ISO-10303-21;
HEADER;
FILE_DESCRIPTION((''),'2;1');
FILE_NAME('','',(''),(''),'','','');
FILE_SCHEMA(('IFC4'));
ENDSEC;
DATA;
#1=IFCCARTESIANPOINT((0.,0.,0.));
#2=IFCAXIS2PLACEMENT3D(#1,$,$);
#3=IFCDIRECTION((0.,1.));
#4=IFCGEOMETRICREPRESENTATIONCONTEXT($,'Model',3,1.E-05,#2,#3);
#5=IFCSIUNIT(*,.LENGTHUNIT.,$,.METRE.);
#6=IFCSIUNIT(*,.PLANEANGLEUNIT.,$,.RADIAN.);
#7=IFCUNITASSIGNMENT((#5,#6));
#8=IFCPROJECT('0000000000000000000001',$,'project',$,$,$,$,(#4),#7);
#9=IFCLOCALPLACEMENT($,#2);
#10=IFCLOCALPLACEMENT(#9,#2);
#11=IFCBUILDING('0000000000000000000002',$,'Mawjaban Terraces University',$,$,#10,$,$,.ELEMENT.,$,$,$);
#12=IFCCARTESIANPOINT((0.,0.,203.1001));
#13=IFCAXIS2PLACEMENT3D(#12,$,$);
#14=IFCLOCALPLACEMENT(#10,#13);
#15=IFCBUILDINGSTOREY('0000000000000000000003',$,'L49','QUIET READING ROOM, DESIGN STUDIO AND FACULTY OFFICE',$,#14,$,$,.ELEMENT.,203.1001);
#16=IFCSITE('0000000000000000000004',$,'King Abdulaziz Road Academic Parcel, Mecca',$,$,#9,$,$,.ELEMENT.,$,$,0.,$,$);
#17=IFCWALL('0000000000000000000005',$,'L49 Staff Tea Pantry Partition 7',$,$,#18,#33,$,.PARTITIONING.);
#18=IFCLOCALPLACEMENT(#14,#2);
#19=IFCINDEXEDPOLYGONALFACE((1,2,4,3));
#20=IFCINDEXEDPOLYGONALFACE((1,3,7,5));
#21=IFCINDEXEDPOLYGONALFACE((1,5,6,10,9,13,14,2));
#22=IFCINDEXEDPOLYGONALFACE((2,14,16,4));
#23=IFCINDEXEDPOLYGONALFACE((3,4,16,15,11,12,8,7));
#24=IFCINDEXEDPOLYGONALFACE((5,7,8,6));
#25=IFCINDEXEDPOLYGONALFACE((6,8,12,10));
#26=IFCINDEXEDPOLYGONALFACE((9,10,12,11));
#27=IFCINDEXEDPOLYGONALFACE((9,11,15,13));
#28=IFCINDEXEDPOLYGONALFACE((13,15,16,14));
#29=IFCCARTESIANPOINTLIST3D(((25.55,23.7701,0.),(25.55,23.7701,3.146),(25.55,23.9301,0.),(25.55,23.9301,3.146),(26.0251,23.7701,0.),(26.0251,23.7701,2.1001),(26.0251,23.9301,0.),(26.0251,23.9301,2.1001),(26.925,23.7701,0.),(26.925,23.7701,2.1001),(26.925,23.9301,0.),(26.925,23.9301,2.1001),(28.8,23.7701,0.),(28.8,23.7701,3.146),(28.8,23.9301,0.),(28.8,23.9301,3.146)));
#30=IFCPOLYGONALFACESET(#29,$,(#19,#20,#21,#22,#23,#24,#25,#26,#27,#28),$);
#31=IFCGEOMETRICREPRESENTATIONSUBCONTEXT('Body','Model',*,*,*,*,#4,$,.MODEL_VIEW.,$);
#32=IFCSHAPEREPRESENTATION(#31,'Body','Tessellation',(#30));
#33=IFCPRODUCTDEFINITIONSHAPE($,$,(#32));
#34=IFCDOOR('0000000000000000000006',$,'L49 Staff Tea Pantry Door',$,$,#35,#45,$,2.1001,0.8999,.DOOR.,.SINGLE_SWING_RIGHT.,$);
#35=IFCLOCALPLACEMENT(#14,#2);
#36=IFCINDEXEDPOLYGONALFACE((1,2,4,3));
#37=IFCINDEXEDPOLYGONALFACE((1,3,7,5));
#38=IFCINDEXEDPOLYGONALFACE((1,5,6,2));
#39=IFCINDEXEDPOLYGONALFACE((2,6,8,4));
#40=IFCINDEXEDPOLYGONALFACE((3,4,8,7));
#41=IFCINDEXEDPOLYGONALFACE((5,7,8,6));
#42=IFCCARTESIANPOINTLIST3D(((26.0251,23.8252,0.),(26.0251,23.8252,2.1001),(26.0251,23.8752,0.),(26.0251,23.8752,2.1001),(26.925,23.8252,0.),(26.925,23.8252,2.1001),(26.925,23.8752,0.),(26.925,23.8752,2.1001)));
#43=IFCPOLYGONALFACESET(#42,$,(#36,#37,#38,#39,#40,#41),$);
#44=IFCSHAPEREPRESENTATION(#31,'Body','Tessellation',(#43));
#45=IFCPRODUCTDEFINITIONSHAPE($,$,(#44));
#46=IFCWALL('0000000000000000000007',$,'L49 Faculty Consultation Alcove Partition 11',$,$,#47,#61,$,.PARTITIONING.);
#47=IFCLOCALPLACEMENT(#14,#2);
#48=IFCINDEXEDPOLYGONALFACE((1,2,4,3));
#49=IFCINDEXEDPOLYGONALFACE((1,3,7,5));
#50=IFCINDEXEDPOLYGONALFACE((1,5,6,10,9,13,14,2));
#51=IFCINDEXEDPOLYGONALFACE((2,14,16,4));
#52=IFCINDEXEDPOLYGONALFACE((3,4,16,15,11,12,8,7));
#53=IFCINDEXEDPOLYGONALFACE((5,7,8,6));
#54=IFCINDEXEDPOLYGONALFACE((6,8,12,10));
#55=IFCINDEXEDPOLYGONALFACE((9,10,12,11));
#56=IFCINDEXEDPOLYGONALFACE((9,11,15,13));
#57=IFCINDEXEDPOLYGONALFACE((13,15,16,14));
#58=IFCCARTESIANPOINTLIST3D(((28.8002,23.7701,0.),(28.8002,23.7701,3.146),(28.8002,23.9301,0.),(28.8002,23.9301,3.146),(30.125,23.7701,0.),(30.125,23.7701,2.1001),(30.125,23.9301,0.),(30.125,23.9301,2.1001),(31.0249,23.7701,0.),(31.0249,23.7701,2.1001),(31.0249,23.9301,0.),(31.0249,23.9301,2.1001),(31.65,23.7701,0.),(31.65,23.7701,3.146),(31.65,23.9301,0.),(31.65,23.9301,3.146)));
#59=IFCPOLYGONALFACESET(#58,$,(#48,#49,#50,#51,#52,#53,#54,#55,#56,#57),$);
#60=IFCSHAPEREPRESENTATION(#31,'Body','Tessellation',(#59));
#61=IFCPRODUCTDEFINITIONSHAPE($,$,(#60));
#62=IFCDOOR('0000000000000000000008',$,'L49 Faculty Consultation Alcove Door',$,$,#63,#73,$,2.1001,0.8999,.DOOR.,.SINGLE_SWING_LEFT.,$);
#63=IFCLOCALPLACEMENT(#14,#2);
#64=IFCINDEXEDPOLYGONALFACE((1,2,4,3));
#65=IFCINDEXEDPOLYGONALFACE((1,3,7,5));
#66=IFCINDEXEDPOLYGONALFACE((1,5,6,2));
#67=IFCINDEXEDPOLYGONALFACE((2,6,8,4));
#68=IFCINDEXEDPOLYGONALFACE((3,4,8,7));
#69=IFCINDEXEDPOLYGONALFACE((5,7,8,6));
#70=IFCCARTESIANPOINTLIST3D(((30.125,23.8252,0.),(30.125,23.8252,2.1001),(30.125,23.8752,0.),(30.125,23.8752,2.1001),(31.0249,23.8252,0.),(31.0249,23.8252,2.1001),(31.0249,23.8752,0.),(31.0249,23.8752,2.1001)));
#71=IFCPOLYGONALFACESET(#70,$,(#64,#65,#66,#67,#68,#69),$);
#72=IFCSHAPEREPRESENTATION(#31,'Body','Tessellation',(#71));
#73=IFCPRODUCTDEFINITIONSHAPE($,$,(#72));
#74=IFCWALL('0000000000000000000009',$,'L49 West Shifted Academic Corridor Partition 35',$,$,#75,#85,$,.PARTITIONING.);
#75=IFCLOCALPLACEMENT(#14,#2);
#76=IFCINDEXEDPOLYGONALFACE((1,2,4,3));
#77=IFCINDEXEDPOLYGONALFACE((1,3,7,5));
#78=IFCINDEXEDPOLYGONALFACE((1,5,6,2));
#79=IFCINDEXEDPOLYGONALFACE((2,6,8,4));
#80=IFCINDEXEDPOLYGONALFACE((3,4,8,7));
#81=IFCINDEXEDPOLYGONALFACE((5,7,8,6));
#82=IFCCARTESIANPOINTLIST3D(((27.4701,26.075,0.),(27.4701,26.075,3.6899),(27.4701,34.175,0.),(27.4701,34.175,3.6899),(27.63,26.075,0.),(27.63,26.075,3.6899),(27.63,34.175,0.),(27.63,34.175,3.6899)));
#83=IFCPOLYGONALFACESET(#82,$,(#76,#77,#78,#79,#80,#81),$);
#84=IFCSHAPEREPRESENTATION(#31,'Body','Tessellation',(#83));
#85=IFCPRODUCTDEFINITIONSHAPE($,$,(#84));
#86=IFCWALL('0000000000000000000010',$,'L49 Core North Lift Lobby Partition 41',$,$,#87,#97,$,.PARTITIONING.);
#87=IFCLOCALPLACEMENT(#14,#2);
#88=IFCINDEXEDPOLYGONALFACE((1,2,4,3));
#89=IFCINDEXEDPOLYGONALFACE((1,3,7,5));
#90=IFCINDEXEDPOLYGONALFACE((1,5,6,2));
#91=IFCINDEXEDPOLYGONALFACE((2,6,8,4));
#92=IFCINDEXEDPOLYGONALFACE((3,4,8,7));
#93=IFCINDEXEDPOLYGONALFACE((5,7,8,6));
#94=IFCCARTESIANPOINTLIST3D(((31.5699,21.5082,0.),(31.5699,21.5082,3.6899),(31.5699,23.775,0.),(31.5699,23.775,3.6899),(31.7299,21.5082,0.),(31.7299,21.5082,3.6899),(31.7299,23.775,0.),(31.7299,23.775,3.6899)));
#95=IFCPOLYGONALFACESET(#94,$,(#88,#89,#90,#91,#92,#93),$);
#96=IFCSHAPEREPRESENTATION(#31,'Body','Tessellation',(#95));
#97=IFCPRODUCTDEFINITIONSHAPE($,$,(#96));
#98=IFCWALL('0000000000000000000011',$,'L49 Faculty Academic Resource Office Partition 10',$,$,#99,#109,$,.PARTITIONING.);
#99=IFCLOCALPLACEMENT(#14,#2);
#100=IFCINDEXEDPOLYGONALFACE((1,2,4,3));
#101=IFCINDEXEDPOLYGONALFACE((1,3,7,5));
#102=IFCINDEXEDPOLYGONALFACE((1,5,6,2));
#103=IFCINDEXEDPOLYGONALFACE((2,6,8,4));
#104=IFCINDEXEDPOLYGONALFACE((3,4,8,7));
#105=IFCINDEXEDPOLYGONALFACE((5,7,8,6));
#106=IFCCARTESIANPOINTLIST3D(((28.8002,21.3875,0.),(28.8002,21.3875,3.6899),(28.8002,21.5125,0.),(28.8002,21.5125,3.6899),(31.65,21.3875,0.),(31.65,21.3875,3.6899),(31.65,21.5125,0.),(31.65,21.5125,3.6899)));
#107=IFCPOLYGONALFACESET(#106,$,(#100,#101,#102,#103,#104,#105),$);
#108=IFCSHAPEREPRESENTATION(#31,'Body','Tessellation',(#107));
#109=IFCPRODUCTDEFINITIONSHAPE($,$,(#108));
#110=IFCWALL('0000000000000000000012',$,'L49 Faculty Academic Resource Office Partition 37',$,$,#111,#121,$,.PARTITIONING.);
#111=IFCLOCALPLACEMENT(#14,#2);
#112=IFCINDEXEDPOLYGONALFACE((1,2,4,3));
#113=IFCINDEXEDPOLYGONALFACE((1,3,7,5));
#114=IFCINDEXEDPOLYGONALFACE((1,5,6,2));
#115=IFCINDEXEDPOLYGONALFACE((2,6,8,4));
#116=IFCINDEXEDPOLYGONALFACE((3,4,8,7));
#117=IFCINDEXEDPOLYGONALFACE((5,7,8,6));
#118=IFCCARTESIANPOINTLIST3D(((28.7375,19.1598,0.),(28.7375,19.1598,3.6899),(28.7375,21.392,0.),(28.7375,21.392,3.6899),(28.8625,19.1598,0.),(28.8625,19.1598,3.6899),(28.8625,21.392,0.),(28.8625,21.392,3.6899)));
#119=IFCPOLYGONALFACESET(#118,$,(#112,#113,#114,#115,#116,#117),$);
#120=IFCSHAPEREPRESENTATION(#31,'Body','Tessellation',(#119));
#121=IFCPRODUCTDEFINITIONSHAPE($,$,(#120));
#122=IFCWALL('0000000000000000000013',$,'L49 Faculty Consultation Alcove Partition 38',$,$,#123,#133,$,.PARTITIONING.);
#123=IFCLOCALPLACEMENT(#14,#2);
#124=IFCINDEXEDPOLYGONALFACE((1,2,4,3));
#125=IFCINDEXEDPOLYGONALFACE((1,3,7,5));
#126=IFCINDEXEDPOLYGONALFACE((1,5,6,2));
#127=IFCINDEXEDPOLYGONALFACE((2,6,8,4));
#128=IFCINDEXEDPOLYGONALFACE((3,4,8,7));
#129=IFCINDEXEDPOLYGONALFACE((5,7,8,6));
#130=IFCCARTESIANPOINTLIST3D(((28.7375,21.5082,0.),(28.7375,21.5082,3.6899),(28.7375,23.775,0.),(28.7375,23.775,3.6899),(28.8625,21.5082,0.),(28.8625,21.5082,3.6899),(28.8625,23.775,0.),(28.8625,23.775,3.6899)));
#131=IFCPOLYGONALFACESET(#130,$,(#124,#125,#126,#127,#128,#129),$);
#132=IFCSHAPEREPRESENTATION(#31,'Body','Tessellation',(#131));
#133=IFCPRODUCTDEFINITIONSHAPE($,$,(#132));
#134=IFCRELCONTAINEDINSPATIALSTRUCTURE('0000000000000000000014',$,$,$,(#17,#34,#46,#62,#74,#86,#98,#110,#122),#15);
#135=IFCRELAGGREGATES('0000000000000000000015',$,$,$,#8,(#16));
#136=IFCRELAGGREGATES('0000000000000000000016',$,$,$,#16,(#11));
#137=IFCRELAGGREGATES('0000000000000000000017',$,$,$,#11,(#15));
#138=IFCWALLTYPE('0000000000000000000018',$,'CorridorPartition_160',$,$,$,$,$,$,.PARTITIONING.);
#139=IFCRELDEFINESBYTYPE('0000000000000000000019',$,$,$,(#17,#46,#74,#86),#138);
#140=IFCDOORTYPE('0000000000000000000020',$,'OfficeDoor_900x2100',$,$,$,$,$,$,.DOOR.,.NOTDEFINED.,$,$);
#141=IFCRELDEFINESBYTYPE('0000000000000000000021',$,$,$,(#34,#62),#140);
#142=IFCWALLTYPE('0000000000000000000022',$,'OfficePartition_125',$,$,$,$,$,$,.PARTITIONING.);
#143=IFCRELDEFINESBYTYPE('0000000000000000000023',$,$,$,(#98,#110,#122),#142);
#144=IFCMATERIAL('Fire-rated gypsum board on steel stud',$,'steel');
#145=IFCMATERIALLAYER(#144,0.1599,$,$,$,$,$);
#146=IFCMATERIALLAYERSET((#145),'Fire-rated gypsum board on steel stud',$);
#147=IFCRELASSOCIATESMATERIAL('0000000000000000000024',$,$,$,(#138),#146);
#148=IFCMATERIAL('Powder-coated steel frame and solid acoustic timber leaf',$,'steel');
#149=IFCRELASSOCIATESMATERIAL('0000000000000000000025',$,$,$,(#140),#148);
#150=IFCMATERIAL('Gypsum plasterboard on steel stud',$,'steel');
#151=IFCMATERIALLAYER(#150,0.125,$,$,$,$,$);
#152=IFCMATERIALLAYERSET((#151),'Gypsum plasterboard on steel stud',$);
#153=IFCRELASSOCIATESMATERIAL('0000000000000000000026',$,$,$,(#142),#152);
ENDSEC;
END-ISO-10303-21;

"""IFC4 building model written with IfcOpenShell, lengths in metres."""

from ifc_helpers import new_model, si_unit, direction, frame, frame_2d, origin, place, context, subcontext, project, spatial, rectangle, extrude, material, layer, layer_set, type_object, element, fill, save


model = new_model("IFC4")

# Units and contexts
model_context = context("Model", 3, precision=1e-05, world=origin(), true_north=direction((0.0, 1.0)))
body_context = subcontext(model_context, "Body", "Model", "MODEL_VIEW")
ifc_project = project(units=[si_unit("LENGTHUNIT", "METRE"), si_unit("PLANEANGLEUNIT", "RADIAN")], contexts=[model_context])

# Site, building, storey
site_placement = place(None, origin())
site = spatial("IfcSite", under=ifc_project, at=site_placement, Name="King Abdulaziz Road Academic Parcel, Mecca", CompositionType="ELEMENT", RefElevation=0.0)
building_placement = place(site_placement, origin())
building = spatial("IfcBuilding", under=site, at=building_placement, Name="Mawjaban Terraces University", CompositionType="ELEMENT")
storey_placement = place(building_placement, frame((0.0, 0.0, 203.1001)))
storey = spatial("IfcBuildingStorey", under=building, at=storey_placement, Name="L49", Description="QUIET READING ROOM, DESIGN STUDIO AND FACULTY OFFICE", CompositionType="ELEMENT", Elevation=203.1001)

# Shared definitions
ifc_material_1 = material(Name="Fire-rated gypsum board on steel stud", Category="steel")
ifc_layer_1 = layer(ifc_material_1, 0.1599)
ifc_layer_set_1 = layer_set([ifc_layer_1], Name="Fire-rated gypsum board on steel stud")
wall_type_1 = type_object("IfcWallType", Name="CorridorPartition_160", PredefinedType="PARTITIONING", material=ifc_layer_set_1)

# Walls, openings, doors
ifc_material_2 = material(Name="Powder-coated steel frame and solid acoustic timber leaf", Category="steel")
wall_1_placement = place(storey_placement, frame((28.8, 23.8501, 0.0), z_axis=(0.0, 0.0, 1.0), x_axis=(-1.0, 0.0, 0.0)))
wall_1 = element("IfcWall", 1, at=wall_1_placement, inside=storey, type_object=wall_type_1, Name="L49 Staff Tea Pantry Partition 7", PredefinedType="PARTITIONING", context=body_context, shape_type="SweptSolid", body=[
    extrude(rectangle(XDim=3.25, YDim=0.1599, at=frame_2d((1.625, 0.0))), origin(), (0.0, 0.0, 1.0), 3.146),
])
opening_1_placement = place(wall_1_placement, frame((1.875, 0.0, 0.0)))
opening_1 = element("IfcOpeningElement", 2, at=opening_1_placement, cuts=wall_1, PredefinedType="OPENING", context=body_context, shape_type="SweptSolid", body=[
    extrude(rectangle(XDim=0.8999, YDim=2.1001, at=frame_2d((0.45, 1.05))), frame((0.0, 0.0898, 0.0), z_axis=(0.0, -1.0, 0.0), x_axis=(1.0, 0.0, 0.0)), (0.0, 0.0, 1.0), 0.1799),
])
door_type_1 = type_object("IfcDoorType", Name="OfficeDoor_900x2100", OperationType="NOTDEFINED", PredefinedType="DOOR", material=ifc_material_2)
door_1_placement = place(opening_1_placement, origin())
door_1 = element("IfcDoor", 3, at=door_1_placement, inside=storey, type_object=door_type_1, Name="L49 Staff Tea Pantry Door", OperationType="SINGLE_SWING_RIGHT", OverallHeight=2.1001, OverallWidth=0.8999, PredefinedType="DOOR", context=body_context, shape_type="SweptSolid", body=[
    extrude(rectangle(XDim=0.8999, YDim=2.1001, at=frame_2d((0.45, 1.05))), frame((0.0, 0.0249, 0.0), z_axis=(0.0, -1.0, 0.0), x_axis=(1.0, 0.0, 0.0)), (0.0, 0.0, 1.0), 0.05),
])
fill(opening_1, door_1)
wall_2_placement = place(storey_placement, frame((31.6499, 23.8501, 0.0), z_axis=(0.0, 0.0, 1.0), x_axis=(-1.0, 0.0, 0.0)))
wall_2 = element("IfcWall", 4, at=wall_2_placement, inside=storey, type_object=wall_type_1, Name="L49 Faculty Consultation Alcove Partition 11", PredefinedType="PARTITIONING", context=body_context, shape_type="SweptSolid", body=[
    extrude(rectangle(XDim=2.8499, YDim=0.1599, at=frame_2d((1.4248, 0.0))), origin(), (0.0, 0.0, 1.0), 3.146),
])
opening_2_placement = place(wall_2_placement, frame((0.625, 0.0, 0.0)))
opening_2 = element("IfcOpeningElement", 5, at=opening_2_placement, cuts=wall_2, PredefinedType="OPENING", context=body_context, shape_type="SweptSolid", body=[
    extrude(rectangle(XDim=0.8999, YDim=2.1001, at=frame_2d((0.45, 1.05))), frame((0.0, 0.0898, 0.0), z_axis=(0.0, -1.0, 0.0), x_axis=(1.0, 0.0, 0.0)), (0.0, 0.0, 1.0), 0.1799),
])
door_2_placement = place(opening_2_placement, origin())
door_2 = element("IfcDoor", 6, at=door_2_placement, inside=storey, type_object=door_type_1, Name="L49 Faculty Consultation Alcove Door", OperationType="SINGLE_SWING_LEFT", OverallHeight=2.1001, OverallWidth=0.8999, PredefinedType="DOOR", context=body_context, shape_type="SweptSolid", body=[
    extrude(rectangle(XDim=0.8999, YDim=2.1001, at=frame_2d((0.45, 1.05))), frame((0.0, 0.0249, 0.0), z_axis=(0.0, -1.0, 0.0), x_axis=(1.0, 0.0, 0.0)), (0.0, 0.0, 1.0), 0.05),
])
fill(opening_2, door_2)

# Walls
wall_3_placement = place(storey_placement, frame((27.55, 26.075, 0.0), z_axis=(0.0, 0.0, 1.0), x_axis=(0.0, 1.0, 0.0)))
element("IfcWall", 7, at=wall_3_placement, inside=storey, type_object=wall_type_1, Name="L49 West Shifted Academic Corridor Partition 35", PredefinedType="PARTITIONING", context=body_context, shape_type="SweptSolid", body=[
    extrude(rectangle(XDim=8.1001, YDim=0.1599, at=frame_2d((4.05, 0.0))), origin(), (0.0, 0.0, 1.0), 3.6899),
])
wall_4_placement = place(storey_placement, frame((31.6499, 23.7749, 0.0), z_axis=(0.0, 0.0, 1.0), x_axis=(0.0, -1.0, 0.0)))
element("IfcWall", 8, at=wall_4_placement, inside=storey, type_object=wall_type_1, Name="L49 Core North Lift Lobby Partition 41", PredefinedType="PARTITIONING", context=body_context, shape_type="SweptSolid", body=[
    extrude(rectangle(XDim=2.2668, YDim=0.1599, at=frame_2d((1.1333, 0.0))), origin(), (0.0, 0.0, 1.0), 3.6899),
])
ifc_material_3 = material(Name="Gypsum plasterboard on steel stud", Category="steel")
ifc_layer_2 = layer(ifc_material_3, 0.125)
ifc_layer_set_2 = layer_set([ifc_layer_2], Name="Gypsum plasterboard on steel stud")
wall_type_2 = type_object("IfcWallType", Name="OfficePartition_125", PredefinedType="PARTITIONING", material=ifc_layer_set_2)
wall_5_placement = place(storey_placement, frame((31.6499, 21.45, 0.0), z_axis=(0.0, 0.0, 1.0), x_axis=(-1.0, 0.0, 0.0)))
element("IfcWall", 9, at=wall_5_placement, inside=storey, type_object=wall_type_2, Name="L49 Faculty Academic Resource Office Partition 10", PredefinedType="PARTITIONING", context=body_context, shape_type="SweptSolid", body=[
    extrude(rectangle(XDim=2.8499, YDim=0.125, at=frame_2d((1.4248, 0.0))), origin(), (0.0, 0.0, 1.0), 3.6899),
])
wall_6_placement = place(storey_placement, frame((28.8, 21.3921, 0.0), z_axis=(0.0, 0.0, 1.0), x_axis=(0.0, -1.0, 0.0)))
element("IfcWall", 10, at=wall_6_placement, inside=storey, type_object=wall_type_2, Name="L49 Faculty Academic Resource Office Partition 37", PredefinedType="PARTITIONING", context=body_context, shape_type="SweptSolid", body=[
    extrude(rectangle(XDim=2.2322, YDim=0.125, at=frame_2d((1.1162, 0.0))), origin(), (0.0, 0.0, 1.0), 3.6899),
])
wall_7_placement = place(storey_placement, frame((28.8, 23.7749, 0.0), z_axis=(0.0, 0.0, 1.0), x_axis=(0.0, -1.0, 0.0)))
element("IfcWall", 11, at=wall_7_placement, inside=storey, type_object=wall_type_2, Name="L49 Faculty Consultation Alcove Partition 38", PredefinedType="PARTITIONING", context=body_context, shape_type="SweptSolid", body=[
    extrude(rectangle(XDim=2.2668, YDim=0.125, at=frame_2d((1.1333, 0.0))), origin(), (0.0, 0.0, 1.0), 3.6899),
])

save(model, "model.ifc")
